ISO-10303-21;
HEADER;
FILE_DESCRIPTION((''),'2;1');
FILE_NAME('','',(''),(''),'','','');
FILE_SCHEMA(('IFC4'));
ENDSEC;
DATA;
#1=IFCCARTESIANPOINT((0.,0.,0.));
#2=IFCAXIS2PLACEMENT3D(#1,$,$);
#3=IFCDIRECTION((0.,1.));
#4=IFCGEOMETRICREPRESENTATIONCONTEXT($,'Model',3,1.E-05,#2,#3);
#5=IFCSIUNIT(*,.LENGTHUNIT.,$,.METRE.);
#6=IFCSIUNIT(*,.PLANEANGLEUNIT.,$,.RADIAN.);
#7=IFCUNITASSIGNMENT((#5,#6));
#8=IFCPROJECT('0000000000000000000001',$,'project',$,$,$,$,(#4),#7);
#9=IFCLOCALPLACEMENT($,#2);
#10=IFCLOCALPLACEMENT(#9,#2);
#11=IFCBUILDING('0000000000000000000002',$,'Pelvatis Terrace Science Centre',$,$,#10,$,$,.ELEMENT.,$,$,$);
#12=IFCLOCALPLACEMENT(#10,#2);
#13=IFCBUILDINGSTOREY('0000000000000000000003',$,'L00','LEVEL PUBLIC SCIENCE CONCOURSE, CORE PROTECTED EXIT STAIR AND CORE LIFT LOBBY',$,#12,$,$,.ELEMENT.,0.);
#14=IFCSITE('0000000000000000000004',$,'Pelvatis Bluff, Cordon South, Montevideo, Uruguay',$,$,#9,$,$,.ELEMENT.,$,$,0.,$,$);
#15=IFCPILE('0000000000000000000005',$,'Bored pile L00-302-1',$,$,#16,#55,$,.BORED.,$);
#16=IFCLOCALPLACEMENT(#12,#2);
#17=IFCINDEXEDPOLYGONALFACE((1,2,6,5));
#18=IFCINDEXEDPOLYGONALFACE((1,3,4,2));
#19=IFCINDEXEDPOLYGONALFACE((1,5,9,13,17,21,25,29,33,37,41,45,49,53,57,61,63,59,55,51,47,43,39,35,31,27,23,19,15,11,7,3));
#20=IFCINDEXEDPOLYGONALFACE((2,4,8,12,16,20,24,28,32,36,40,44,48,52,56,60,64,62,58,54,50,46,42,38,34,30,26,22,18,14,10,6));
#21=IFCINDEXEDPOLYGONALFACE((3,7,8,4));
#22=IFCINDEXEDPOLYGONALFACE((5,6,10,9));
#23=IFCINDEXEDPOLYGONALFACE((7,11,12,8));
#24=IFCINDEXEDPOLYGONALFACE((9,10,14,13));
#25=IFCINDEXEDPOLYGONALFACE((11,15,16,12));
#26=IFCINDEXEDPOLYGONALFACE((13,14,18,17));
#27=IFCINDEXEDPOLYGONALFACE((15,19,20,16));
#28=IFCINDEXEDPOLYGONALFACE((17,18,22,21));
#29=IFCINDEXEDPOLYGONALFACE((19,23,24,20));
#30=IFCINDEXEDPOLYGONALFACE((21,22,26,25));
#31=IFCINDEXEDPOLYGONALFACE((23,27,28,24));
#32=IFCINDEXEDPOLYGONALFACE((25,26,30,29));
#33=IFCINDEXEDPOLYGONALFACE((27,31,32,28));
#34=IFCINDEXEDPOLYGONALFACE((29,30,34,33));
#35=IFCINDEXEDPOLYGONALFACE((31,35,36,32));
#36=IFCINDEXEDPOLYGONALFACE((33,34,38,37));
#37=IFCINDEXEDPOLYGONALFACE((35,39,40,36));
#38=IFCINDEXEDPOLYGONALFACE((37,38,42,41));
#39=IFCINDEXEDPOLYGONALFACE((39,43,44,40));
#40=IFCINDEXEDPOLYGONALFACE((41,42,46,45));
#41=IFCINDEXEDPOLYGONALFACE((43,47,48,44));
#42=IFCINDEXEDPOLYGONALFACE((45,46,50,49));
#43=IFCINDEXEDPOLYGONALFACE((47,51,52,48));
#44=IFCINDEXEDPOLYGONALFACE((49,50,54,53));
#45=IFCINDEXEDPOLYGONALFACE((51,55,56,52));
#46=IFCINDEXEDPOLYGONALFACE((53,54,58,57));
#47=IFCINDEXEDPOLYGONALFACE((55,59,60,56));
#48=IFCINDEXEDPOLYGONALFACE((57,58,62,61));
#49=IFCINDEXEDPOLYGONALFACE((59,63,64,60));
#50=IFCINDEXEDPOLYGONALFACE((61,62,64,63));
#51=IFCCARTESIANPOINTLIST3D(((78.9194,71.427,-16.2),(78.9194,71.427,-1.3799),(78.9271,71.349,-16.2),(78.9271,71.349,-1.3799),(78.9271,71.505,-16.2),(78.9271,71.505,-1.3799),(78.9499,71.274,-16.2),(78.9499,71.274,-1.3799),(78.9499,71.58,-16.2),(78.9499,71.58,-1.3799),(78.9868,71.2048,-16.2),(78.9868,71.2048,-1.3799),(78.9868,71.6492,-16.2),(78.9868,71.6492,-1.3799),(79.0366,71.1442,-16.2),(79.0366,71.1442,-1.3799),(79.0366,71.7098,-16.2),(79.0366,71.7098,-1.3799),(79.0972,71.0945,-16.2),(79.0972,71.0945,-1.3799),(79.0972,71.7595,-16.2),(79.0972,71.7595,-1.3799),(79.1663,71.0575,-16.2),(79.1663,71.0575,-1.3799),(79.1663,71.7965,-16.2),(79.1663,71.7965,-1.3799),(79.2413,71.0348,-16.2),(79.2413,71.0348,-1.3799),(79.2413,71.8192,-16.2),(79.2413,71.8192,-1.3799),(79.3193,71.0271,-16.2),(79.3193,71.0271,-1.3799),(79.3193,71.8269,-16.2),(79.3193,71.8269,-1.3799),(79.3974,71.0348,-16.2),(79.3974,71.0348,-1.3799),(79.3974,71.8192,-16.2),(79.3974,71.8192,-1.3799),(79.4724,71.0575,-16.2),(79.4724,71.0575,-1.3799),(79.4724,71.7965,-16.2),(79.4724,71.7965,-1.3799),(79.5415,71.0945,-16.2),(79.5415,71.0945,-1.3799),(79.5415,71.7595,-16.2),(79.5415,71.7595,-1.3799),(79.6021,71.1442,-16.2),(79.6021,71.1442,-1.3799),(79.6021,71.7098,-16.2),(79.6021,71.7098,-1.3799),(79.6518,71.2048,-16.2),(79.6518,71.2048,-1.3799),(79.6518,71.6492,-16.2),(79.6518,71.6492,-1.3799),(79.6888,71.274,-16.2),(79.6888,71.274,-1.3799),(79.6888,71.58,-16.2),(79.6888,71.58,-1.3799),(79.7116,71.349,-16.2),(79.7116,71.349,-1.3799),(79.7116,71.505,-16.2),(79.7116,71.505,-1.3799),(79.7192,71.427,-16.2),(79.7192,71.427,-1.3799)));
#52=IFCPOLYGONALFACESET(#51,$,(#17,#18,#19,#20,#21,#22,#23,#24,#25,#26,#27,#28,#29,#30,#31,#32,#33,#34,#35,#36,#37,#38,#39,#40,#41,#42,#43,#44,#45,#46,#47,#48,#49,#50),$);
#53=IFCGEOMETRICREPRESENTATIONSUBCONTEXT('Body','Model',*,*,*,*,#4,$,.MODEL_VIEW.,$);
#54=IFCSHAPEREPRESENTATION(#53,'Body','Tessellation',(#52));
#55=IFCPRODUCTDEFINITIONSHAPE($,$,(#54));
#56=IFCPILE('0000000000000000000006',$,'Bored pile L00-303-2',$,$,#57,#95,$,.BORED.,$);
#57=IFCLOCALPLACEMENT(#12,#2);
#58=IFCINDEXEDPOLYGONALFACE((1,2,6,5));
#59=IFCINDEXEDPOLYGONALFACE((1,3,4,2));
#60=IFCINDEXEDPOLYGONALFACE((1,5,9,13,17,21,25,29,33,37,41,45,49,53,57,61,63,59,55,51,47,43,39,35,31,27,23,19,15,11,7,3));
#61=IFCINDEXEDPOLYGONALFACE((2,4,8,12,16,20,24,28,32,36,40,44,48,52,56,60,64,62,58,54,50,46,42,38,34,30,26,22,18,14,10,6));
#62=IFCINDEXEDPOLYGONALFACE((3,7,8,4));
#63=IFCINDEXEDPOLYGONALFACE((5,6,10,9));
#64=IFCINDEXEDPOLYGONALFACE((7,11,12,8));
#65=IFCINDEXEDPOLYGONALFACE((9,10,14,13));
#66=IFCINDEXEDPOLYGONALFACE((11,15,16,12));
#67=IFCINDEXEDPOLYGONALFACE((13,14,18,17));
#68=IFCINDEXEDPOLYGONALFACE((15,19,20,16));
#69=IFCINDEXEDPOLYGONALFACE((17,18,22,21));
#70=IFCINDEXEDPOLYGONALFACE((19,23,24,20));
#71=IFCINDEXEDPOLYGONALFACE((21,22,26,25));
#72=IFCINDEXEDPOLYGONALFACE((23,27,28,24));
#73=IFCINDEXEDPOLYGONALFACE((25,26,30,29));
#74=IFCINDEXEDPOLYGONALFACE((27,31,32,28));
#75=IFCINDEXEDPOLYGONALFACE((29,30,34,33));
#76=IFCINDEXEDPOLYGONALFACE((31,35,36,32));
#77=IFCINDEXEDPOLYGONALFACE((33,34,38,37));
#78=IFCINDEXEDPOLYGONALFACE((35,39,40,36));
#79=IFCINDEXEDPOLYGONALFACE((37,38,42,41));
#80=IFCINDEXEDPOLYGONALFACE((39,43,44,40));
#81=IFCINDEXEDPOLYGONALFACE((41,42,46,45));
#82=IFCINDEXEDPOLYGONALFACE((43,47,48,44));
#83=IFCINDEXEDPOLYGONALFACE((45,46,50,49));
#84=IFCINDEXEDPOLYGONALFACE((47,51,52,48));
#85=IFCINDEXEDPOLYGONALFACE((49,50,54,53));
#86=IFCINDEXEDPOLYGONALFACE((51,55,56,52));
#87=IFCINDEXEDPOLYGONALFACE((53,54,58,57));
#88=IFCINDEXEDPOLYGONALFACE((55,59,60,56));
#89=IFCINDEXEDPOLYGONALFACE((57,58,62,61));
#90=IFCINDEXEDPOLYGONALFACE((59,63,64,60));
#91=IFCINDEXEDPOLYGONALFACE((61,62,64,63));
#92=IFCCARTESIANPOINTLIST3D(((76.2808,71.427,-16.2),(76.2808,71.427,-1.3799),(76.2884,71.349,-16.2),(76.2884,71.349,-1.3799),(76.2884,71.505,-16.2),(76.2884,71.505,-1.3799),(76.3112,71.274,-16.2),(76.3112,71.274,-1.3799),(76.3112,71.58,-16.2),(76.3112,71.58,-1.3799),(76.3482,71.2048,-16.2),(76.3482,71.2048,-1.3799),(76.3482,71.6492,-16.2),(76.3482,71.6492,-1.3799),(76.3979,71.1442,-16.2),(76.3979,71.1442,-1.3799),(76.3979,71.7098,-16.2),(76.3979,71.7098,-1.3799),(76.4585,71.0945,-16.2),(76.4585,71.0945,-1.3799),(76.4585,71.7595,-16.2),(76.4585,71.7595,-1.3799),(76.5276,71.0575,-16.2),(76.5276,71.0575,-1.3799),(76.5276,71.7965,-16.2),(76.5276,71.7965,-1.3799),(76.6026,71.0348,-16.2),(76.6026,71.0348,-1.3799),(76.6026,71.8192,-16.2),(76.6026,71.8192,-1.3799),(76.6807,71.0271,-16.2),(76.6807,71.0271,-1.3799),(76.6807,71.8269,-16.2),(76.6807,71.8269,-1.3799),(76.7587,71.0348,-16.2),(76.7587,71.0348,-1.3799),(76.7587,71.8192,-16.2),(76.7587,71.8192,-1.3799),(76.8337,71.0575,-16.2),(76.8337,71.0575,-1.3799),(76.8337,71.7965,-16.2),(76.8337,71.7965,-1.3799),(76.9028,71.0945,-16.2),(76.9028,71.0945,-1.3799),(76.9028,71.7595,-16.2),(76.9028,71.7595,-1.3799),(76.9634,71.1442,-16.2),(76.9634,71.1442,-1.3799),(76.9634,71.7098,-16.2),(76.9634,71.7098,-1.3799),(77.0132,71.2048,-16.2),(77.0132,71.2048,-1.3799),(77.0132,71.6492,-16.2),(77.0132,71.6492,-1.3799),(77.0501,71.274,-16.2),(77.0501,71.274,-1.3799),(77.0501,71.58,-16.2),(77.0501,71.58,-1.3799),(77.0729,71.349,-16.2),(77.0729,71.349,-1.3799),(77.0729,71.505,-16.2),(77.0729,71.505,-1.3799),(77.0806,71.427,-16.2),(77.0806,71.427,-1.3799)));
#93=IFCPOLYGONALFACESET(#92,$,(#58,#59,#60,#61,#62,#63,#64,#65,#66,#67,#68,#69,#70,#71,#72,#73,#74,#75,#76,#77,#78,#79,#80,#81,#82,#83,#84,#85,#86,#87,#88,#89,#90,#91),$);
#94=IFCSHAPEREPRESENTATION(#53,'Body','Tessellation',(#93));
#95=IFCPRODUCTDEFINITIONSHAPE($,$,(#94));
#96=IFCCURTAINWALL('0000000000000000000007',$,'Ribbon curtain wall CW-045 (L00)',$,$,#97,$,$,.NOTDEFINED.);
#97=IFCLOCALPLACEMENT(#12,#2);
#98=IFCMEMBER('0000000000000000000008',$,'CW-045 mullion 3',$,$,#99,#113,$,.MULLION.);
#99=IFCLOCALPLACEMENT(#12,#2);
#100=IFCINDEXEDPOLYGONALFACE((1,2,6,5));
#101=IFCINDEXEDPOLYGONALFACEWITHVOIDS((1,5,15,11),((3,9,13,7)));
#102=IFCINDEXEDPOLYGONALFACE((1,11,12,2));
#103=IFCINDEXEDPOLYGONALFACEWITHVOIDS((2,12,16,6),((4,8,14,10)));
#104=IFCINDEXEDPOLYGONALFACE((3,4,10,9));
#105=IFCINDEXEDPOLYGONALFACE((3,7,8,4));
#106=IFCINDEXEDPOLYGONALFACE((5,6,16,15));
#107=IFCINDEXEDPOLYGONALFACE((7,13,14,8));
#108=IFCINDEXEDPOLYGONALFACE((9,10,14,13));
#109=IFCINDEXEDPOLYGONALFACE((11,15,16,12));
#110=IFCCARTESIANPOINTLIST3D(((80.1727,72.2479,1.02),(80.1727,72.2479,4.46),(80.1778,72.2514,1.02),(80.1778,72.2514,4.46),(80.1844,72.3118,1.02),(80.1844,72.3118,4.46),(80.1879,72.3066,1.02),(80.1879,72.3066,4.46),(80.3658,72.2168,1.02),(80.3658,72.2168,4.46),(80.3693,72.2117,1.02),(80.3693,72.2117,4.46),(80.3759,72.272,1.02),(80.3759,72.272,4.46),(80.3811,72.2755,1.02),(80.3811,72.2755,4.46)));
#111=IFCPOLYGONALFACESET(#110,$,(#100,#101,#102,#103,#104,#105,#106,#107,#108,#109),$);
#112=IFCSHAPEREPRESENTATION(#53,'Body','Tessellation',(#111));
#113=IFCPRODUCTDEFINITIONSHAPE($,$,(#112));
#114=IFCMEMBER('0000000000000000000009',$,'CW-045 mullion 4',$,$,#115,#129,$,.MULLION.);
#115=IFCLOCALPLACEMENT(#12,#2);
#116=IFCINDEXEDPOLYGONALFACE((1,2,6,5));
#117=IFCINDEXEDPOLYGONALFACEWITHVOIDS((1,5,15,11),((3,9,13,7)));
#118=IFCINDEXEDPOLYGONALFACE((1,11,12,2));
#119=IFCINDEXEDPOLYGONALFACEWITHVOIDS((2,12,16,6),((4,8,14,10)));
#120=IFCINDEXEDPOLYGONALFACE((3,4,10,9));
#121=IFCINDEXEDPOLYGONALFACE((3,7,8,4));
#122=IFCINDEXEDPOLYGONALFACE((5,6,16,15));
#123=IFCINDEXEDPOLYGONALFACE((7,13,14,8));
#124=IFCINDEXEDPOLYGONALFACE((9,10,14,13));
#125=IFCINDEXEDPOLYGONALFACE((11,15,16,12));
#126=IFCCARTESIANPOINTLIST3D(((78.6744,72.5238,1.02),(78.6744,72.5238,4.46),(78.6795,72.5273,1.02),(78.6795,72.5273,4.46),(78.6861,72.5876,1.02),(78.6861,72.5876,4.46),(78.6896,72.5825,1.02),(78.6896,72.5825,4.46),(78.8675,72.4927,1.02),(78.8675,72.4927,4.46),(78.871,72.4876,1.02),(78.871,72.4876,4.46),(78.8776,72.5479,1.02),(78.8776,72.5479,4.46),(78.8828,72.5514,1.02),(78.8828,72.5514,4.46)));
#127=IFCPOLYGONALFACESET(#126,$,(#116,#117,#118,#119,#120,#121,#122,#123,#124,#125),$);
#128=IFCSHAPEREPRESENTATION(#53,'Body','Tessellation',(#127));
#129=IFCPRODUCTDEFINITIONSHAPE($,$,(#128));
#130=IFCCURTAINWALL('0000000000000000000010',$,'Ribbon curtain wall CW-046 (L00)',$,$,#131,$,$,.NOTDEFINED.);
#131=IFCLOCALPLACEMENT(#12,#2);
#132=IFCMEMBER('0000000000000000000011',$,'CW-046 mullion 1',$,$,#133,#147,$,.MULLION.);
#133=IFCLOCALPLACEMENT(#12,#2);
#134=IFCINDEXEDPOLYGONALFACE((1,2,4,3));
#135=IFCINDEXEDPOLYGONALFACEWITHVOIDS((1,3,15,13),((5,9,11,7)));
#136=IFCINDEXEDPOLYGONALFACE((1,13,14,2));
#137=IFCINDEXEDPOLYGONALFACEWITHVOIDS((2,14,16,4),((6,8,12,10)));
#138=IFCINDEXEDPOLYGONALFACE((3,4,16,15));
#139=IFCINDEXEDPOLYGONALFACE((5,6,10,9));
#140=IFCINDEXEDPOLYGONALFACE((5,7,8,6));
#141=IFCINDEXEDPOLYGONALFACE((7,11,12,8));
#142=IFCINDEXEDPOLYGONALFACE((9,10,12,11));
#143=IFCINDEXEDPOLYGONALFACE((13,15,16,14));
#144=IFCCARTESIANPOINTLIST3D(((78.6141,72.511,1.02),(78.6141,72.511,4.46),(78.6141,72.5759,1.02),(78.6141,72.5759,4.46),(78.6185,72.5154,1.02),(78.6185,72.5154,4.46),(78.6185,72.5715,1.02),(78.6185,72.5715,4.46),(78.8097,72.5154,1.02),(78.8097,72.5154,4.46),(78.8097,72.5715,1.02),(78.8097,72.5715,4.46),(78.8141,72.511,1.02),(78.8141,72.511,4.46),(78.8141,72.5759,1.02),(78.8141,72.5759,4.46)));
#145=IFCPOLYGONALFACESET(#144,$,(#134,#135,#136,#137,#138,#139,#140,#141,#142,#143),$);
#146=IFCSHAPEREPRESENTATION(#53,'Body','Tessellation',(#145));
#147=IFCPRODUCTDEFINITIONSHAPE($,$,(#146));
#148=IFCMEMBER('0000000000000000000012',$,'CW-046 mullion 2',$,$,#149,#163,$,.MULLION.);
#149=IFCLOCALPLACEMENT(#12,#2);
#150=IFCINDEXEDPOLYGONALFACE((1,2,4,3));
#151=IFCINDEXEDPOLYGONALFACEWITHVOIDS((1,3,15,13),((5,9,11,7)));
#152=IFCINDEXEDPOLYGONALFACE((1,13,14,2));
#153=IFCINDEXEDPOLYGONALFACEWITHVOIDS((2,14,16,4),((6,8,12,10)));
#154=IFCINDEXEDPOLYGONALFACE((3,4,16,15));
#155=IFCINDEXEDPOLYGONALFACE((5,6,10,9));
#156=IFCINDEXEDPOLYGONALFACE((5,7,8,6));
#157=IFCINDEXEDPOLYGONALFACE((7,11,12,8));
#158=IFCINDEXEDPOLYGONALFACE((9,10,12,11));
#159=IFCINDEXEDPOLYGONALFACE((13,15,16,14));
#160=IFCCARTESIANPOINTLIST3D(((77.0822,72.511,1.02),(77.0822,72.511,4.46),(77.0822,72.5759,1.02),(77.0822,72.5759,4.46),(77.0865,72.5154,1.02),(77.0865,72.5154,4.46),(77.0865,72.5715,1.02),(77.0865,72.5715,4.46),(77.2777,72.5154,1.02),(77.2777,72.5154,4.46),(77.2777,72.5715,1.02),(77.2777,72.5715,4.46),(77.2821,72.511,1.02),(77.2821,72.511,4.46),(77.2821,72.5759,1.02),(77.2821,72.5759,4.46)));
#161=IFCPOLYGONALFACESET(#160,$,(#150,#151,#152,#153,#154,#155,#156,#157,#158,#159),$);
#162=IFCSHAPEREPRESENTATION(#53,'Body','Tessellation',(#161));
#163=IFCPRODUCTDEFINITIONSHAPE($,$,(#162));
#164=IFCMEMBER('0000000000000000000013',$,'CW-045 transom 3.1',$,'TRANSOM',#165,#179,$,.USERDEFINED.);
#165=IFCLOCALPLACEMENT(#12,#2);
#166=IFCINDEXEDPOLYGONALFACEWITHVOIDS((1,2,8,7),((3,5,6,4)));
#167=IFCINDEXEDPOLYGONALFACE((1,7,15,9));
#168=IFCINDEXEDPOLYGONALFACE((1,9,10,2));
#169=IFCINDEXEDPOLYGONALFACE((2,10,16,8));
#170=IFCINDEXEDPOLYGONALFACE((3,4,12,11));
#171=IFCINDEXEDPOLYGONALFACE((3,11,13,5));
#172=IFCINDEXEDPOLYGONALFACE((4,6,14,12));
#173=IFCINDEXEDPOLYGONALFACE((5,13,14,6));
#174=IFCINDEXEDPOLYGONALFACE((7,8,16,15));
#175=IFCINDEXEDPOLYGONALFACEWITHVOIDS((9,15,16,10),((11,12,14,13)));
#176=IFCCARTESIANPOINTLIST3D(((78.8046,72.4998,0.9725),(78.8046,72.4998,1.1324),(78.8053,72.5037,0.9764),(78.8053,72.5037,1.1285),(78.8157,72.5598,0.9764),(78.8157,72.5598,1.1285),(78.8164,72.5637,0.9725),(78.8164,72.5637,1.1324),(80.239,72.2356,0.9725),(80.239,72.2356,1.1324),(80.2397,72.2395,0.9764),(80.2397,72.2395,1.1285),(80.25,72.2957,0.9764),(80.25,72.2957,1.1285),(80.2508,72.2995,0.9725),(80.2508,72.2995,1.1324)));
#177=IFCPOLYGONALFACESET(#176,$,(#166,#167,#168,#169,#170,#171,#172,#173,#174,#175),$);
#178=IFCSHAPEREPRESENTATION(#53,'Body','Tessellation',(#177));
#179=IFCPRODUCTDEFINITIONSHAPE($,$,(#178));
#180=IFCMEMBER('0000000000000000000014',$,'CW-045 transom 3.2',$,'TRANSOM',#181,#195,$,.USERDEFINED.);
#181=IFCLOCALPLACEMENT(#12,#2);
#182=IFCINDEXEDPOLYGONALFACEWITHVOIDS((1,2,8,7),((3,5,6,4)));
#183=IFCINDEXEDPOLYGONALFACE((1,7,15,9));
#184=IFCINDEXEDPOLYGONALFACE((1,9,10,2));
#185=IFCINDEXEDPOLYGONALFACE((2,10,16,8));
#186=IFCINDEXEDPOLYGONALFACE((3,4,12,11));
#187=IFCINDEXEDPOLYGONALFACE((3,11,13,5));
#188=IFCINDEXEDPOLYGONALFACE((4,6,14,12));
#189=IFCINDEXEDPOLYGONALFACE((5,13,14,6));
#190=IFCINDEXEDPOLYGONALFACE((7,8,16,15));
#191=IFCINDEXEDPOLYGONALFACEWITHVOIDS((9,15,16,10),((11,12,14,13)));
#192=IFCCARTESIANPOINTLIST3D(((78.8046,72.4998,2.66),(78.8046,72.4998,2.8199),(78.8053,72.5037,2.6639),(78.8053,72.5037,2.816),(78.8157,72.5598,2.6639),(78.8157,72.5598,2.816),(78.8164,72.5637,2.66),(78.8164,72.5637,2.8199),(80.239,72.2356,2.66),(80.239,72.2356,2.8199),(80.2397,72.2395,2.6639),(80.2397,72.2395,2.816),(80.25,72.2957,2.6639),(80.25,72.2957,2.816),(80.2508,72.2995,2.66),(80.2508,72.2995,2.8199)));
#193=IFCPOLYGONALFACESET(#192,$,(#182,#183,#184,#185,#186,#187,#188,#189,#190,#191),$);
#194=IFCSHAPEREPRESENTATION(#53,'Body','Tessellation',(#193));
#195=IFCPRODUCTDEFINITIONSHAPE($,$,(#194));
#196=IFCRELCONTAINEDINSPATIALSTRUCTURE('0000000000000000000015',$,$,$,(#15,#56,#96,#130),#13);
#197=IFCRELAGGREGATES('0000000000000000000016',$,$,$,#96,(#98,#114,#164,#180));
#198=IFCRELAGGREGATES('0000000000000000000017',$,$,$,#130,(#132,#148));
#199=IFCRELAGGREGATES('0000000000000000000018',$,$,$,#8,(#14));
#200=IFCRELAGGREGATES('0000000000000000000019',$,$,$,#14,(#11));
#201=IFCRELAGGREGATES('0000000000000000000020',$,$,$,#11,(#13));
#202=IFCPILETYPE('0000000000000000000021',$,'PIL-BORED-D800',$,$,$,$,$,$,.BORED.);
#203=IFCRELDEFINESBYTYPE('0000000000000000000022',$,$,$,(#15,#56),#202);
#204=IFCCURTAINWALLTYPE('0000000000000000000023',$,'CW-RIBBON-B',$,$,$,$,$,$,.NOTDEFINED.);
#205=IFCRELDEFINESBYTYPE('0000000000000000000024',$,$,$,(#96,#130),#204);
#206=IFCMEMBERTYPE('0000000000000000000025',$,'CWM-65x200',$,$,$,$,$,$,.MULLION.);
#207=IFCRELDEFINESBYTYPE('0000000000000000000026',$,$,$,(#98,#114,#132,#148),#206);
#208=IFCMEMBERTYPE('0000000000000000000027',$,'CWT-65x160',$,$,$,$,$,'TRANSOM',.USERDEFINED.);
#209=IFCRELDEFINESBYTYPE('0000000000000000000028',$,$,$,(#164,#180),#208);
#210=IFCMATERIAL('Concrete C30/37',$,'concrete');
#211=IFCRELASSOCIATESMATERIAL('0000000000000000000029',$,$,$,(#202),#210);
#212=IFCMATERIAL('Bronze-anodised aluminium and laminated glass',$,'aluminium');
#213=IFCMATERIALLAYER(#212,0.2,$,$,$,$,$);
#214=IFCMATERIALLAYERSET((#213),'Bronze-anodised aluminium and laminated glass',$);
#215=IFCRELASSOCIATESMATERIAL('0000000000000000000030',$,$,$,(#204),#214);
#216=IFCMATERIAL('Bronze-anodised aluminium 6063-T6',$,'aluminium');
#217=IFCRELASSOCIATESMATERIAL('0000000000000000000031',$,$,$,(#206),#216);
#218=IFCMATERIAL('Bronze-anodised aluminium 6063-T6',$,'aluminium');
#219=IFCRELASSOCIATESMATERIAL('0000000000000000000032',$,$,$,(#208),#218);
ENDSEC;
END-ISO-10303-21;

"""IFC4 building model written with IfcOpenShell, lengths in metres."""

from ifc_helpers import new_model, si_unit, direction, frame, origin, origin_2d, place, context, subcontext, project, spatial, hollow_rectangle, circle, extrude, material, layer, layer_set, material_profile, profile_set, type_object, element, aggregate, save


model = new_model("IFC4")

# Units and contexts
model_context = context("Model", 3, precision=1e-05, world=origin(), true_north=direction((0.0, 1.0)))
body_context = subcontext(model_context, "Body", "Model", "MODEL_VIEW")
ifc_project = project(units=[si_unit("LENGTHUNIT", "METRE"), si_unit("PLANEANGLEUNIT", "RADIAN")], contexts=[model_context])

# Site, building, storey
site_placement = place(None, origin())
site = spatial("IfcSite", under=ifc_project, at=site_placement, Name="Pelvatis Bluff, Cordon South, Montevideo, Uruguay", CompositionType="ELEMENT", RefElevation=0.0)
building_placement = place(site_placement, origin())
building = spatial("IfcBuilding", under=site, at=building_placement, Name="Pelvatis Terrace Science Centre", CompositionType="ELEMENT")
storey_placement = place(building_placement, origin())
storey = spatial("IfcBuildingStorey", under=building, at=storey_placement, Name="L00", Description="LEVEL PUBLIC SCIENCE CONCOURSE, CORE PROTECTED EXIT STAIR AND CORE LIFT LOBBY", CompositionType="ELEMENT", Elevation=0.0)

# Piles
ifc_material_1 = material(Name="Concrete C30/37", Category="concrete")
ifc_material_profile_1 = material_profile(ifc_material_1, circle(Radius=0.3999, at=origin_2d()), Name="PILE D800")
ifc_profile_set_1 = profile_set([ifc_material_profile_1], Name="Concrete C30/37")
pile_type = type_object("IfcPileType", Name="PIL-BORED-D800", PredefinedType="BORED", material=ifc_profile_set_1)
for number, where, z_axis, x_axis, name in (
    (1, (79.3193, 71.427, -1.3799), (0.0, 0.0, -1.0), (1.0, 0.0, 0.0), "Bored pile L00-302-1"),
    (2, (76.6807, 71.427, -1.3799), (0.0, 0.0, -1.0), (1.0, 0.0, 0.0), "Bored pile L00-303-2"),
):
    element("IfcPile", number, at=place(storey_placement, frame(where, z_axis=z_axis, x_axis=x_axis)), inside=storey, type_object=pile_type, Name=name, PredefinedType="BORED", context=body_context, shape_type="SweptSolid", body=[
        extrude(circle(Radius=0.3999, at=origin_2d()), origin(), (0.0, 0.0, 1.0), 14.8201),
    ])

# Curtain walls, members
ifc_material_2 = material(Name="Bronze-anodised aluminium and laminated glass", Category="aluminium")
ifc_layer_1 = layer(ifc_material_2, 0.2)
ifc_layer_set_1 = layer_set([ifc_layer_1], Name="Bronze-anodised aluminium and laminated glass")
curtain_wall_type = type_object("IfcCurtainWallType", Name="CW-RIBBON-B", PredefinedType="NOTDEFINED", material=ifc_layer_set_1)
curtain_wall_1_placement = place(storey_placement, origin())
curtain_wall_1 = element("IfcCurtainWall", 3, at=curtain_wall_1_placement, inside=storey, type_object=curtain_wall_type, Name="Ribbon curtain wall CW-045 (L00)", PredefinedType="NOTDEFINED")
ifc_material_3 = material(Name="Bronze-anodised aluminium 6063-T6", Category="aluminium")
ifc_material_profile_2 = material_profile(ifc_material_3, hollow_rectangle(XDim=0.0649, YDim=0.2, WallThickness=0.0044, at=origin_2d()), Name="ALU-MUL 65x200")
ifc_profile_set_2 = profile_set([ifc_material_profile_2], Name="Bronze-anodised aluminium 6063-T6")
member_type_1 = type_object("IfcMemberType", Name="CWM-65x200", PredefinedType="MULLION", material=ifc_profile_set_2)
member_1_placement = place(storey_placement, frame((80.2769, 72.2617, 1.02), z_axis=(0.0, 0.0, 1.0), x_axis=(-0.18113, -0.983459, 0.0)))
member_1 = element("IfcMember", 4, at=member_1_placement, type_object=member_type_1, Name="CW-045 mullion 3", PredefinedType="MULLION", context=body_context, shape_type="SweptSolid", body=[
    extrude(hollow_rectangle(XDim=0.0649, YDim=0.2, WallThickness=0.0044, at=origin_2d()), origin(), (0.0, 0.0, 1.0), 3.4399),
])
member_2_placement = place(storey_placement, frame((78.7786, 72.5376, 1.02), z_axis=(0.0, 0.0, 1.0), x_axis=(-0.18113, -0.983459, 0.0)))
member_2 = element("IfcMember", 5, at=member_2_placement, type_object=member_type_1, Name="CW-045 mullion 4", PredefinedType="MULLION", context=body_context, shape_type="SweptSolid", body=[
    extrude(hollow_rectangle(XDim=0.0649, YDim=0.2, WallThickness=0.0044, at=origin_2d()), origin(), (0.0, 0.0, 1.0), 3.4399),
])
curtain_wall_2_placement = place(storey_placement, origin())
curtain_wall_2 = element("IfcCurtainWall", 6, at=curtain_wall_2_placement, inside=storey, type_object=curtain_wall_type, Name="Ribbon curtain wall CW-046 (L00)", PredefinedType="NOTDEFINED")
member_3_placement = place(storey_placement, frame((78.7141, 72.5435, 1.02), z_axis=(0.0, 0.0, 1.0), x_axis=(0.0, -1.0, 0.0)))
member_3 = element("IfcMember", 7, at=member_3_placement, type_object=member_type_1, Name="CW-046 mullion 1", PredefinedType="MULLION", context=body_context, shape_type="SweptSolid", body=[
    extrude(hollow_rectangle(XDim=0.0649, YDim=0.2, WallThickness=0.0044, at=origin_2d()), origin(), (0.0, 0.0, 1.0), 3.4399),
])
member_4_placement = place(storey_placement, frame((77.1821, 72.5435, 1.02), z_axis=(0.0, 0.0, 1.0), x_axis=(0.0, -1.0, 0.0)))
member_4 = element("IfcMember", 8, at=member_4_placement, type_object=member_type_1, Name="CW-046 mullion 2", PredefinedType="MULLION", context=body_context, shape_type="SweptSolid", body=[
    extrude(hollow_rectangle(XDim=0.0649, YDim=0.2, WallThickness=0.0044, at=origin_2d()), origin(), (0.0, 0.0, 1.0), 3.4399),
])

# Members
ifc_material_4 = material(Name="Bronze-anodised aluminium 6063-T6", Category="aluminium")
ifc_material_profile_3 = material_profile(ifc_material_4, hollow_rectangle(XDim=0.0649, YDim=0.1599, WallThickness=0.0039, at=origin_2d()), Name="ALU-TRN 65x160")
ifc_profile_set_3 = profile_set([ifc_material_profile_3], Name="Bronze-anodised aluminium 6063-T6")
member_type_2 = type_object("IfcMemberType", Name="CWT-65x160", ElementType="TRANSOM", PredefinedType="USERDEFINED", material=ifc_profile_set_3)
member_5_placement = place(storey_placement, frame((80.2449, 72.2676, 1.0525), z_axis=(-0.98346, 0.181124, 0.0), x_axis=(-0.181124, -0.98346, 0.0)))
member_5 = element("IfcMember", 9, at=member_5_placement, type_object=member_type_2, Name="CW-045 transom 3.1", ObjectType="TRANSOM", PredefinedType="USERDEFINED", context=body_context, shape_type="SweptSolid", body=[
    extrude(hollow_rectangle(XDim=0.0649, YDim=0.1599, WallThickness=0.0039, at=origin_2d()), origin(), (0.0, 0.0, 1.0), 1.4585),
])
member_6_placement = place(storey_placement, frame((80.2449, 72.2676, 2.74), z_axis=(-0.98346, 0.181124, 0.0), x_axis=(-0.181124, -0.98346, 0.0)))
member_6 = element("IfcMember", 10, at=member_6_placement, type_object=member_type_2, Name="CW-045 transom 3.2", ObjectType="TRANSOM", PredefinedType="USERDEFINED", context=body_context, shape_type="SweptSolid", body=[
    extrude(hollow_rectangle(XDim=0.0649, YDim=0.1599, WallThickness=0.0039, at=origin_2d()), origin(), (0.0, 0.0, 1.0), 1.4585),
])

aggregate(curtain_wall_1, [member_1, member_2, member_5, member_6])
aggregate(curtain_wall_2, [member_3, member_4])

save(model, "model.ifc")
